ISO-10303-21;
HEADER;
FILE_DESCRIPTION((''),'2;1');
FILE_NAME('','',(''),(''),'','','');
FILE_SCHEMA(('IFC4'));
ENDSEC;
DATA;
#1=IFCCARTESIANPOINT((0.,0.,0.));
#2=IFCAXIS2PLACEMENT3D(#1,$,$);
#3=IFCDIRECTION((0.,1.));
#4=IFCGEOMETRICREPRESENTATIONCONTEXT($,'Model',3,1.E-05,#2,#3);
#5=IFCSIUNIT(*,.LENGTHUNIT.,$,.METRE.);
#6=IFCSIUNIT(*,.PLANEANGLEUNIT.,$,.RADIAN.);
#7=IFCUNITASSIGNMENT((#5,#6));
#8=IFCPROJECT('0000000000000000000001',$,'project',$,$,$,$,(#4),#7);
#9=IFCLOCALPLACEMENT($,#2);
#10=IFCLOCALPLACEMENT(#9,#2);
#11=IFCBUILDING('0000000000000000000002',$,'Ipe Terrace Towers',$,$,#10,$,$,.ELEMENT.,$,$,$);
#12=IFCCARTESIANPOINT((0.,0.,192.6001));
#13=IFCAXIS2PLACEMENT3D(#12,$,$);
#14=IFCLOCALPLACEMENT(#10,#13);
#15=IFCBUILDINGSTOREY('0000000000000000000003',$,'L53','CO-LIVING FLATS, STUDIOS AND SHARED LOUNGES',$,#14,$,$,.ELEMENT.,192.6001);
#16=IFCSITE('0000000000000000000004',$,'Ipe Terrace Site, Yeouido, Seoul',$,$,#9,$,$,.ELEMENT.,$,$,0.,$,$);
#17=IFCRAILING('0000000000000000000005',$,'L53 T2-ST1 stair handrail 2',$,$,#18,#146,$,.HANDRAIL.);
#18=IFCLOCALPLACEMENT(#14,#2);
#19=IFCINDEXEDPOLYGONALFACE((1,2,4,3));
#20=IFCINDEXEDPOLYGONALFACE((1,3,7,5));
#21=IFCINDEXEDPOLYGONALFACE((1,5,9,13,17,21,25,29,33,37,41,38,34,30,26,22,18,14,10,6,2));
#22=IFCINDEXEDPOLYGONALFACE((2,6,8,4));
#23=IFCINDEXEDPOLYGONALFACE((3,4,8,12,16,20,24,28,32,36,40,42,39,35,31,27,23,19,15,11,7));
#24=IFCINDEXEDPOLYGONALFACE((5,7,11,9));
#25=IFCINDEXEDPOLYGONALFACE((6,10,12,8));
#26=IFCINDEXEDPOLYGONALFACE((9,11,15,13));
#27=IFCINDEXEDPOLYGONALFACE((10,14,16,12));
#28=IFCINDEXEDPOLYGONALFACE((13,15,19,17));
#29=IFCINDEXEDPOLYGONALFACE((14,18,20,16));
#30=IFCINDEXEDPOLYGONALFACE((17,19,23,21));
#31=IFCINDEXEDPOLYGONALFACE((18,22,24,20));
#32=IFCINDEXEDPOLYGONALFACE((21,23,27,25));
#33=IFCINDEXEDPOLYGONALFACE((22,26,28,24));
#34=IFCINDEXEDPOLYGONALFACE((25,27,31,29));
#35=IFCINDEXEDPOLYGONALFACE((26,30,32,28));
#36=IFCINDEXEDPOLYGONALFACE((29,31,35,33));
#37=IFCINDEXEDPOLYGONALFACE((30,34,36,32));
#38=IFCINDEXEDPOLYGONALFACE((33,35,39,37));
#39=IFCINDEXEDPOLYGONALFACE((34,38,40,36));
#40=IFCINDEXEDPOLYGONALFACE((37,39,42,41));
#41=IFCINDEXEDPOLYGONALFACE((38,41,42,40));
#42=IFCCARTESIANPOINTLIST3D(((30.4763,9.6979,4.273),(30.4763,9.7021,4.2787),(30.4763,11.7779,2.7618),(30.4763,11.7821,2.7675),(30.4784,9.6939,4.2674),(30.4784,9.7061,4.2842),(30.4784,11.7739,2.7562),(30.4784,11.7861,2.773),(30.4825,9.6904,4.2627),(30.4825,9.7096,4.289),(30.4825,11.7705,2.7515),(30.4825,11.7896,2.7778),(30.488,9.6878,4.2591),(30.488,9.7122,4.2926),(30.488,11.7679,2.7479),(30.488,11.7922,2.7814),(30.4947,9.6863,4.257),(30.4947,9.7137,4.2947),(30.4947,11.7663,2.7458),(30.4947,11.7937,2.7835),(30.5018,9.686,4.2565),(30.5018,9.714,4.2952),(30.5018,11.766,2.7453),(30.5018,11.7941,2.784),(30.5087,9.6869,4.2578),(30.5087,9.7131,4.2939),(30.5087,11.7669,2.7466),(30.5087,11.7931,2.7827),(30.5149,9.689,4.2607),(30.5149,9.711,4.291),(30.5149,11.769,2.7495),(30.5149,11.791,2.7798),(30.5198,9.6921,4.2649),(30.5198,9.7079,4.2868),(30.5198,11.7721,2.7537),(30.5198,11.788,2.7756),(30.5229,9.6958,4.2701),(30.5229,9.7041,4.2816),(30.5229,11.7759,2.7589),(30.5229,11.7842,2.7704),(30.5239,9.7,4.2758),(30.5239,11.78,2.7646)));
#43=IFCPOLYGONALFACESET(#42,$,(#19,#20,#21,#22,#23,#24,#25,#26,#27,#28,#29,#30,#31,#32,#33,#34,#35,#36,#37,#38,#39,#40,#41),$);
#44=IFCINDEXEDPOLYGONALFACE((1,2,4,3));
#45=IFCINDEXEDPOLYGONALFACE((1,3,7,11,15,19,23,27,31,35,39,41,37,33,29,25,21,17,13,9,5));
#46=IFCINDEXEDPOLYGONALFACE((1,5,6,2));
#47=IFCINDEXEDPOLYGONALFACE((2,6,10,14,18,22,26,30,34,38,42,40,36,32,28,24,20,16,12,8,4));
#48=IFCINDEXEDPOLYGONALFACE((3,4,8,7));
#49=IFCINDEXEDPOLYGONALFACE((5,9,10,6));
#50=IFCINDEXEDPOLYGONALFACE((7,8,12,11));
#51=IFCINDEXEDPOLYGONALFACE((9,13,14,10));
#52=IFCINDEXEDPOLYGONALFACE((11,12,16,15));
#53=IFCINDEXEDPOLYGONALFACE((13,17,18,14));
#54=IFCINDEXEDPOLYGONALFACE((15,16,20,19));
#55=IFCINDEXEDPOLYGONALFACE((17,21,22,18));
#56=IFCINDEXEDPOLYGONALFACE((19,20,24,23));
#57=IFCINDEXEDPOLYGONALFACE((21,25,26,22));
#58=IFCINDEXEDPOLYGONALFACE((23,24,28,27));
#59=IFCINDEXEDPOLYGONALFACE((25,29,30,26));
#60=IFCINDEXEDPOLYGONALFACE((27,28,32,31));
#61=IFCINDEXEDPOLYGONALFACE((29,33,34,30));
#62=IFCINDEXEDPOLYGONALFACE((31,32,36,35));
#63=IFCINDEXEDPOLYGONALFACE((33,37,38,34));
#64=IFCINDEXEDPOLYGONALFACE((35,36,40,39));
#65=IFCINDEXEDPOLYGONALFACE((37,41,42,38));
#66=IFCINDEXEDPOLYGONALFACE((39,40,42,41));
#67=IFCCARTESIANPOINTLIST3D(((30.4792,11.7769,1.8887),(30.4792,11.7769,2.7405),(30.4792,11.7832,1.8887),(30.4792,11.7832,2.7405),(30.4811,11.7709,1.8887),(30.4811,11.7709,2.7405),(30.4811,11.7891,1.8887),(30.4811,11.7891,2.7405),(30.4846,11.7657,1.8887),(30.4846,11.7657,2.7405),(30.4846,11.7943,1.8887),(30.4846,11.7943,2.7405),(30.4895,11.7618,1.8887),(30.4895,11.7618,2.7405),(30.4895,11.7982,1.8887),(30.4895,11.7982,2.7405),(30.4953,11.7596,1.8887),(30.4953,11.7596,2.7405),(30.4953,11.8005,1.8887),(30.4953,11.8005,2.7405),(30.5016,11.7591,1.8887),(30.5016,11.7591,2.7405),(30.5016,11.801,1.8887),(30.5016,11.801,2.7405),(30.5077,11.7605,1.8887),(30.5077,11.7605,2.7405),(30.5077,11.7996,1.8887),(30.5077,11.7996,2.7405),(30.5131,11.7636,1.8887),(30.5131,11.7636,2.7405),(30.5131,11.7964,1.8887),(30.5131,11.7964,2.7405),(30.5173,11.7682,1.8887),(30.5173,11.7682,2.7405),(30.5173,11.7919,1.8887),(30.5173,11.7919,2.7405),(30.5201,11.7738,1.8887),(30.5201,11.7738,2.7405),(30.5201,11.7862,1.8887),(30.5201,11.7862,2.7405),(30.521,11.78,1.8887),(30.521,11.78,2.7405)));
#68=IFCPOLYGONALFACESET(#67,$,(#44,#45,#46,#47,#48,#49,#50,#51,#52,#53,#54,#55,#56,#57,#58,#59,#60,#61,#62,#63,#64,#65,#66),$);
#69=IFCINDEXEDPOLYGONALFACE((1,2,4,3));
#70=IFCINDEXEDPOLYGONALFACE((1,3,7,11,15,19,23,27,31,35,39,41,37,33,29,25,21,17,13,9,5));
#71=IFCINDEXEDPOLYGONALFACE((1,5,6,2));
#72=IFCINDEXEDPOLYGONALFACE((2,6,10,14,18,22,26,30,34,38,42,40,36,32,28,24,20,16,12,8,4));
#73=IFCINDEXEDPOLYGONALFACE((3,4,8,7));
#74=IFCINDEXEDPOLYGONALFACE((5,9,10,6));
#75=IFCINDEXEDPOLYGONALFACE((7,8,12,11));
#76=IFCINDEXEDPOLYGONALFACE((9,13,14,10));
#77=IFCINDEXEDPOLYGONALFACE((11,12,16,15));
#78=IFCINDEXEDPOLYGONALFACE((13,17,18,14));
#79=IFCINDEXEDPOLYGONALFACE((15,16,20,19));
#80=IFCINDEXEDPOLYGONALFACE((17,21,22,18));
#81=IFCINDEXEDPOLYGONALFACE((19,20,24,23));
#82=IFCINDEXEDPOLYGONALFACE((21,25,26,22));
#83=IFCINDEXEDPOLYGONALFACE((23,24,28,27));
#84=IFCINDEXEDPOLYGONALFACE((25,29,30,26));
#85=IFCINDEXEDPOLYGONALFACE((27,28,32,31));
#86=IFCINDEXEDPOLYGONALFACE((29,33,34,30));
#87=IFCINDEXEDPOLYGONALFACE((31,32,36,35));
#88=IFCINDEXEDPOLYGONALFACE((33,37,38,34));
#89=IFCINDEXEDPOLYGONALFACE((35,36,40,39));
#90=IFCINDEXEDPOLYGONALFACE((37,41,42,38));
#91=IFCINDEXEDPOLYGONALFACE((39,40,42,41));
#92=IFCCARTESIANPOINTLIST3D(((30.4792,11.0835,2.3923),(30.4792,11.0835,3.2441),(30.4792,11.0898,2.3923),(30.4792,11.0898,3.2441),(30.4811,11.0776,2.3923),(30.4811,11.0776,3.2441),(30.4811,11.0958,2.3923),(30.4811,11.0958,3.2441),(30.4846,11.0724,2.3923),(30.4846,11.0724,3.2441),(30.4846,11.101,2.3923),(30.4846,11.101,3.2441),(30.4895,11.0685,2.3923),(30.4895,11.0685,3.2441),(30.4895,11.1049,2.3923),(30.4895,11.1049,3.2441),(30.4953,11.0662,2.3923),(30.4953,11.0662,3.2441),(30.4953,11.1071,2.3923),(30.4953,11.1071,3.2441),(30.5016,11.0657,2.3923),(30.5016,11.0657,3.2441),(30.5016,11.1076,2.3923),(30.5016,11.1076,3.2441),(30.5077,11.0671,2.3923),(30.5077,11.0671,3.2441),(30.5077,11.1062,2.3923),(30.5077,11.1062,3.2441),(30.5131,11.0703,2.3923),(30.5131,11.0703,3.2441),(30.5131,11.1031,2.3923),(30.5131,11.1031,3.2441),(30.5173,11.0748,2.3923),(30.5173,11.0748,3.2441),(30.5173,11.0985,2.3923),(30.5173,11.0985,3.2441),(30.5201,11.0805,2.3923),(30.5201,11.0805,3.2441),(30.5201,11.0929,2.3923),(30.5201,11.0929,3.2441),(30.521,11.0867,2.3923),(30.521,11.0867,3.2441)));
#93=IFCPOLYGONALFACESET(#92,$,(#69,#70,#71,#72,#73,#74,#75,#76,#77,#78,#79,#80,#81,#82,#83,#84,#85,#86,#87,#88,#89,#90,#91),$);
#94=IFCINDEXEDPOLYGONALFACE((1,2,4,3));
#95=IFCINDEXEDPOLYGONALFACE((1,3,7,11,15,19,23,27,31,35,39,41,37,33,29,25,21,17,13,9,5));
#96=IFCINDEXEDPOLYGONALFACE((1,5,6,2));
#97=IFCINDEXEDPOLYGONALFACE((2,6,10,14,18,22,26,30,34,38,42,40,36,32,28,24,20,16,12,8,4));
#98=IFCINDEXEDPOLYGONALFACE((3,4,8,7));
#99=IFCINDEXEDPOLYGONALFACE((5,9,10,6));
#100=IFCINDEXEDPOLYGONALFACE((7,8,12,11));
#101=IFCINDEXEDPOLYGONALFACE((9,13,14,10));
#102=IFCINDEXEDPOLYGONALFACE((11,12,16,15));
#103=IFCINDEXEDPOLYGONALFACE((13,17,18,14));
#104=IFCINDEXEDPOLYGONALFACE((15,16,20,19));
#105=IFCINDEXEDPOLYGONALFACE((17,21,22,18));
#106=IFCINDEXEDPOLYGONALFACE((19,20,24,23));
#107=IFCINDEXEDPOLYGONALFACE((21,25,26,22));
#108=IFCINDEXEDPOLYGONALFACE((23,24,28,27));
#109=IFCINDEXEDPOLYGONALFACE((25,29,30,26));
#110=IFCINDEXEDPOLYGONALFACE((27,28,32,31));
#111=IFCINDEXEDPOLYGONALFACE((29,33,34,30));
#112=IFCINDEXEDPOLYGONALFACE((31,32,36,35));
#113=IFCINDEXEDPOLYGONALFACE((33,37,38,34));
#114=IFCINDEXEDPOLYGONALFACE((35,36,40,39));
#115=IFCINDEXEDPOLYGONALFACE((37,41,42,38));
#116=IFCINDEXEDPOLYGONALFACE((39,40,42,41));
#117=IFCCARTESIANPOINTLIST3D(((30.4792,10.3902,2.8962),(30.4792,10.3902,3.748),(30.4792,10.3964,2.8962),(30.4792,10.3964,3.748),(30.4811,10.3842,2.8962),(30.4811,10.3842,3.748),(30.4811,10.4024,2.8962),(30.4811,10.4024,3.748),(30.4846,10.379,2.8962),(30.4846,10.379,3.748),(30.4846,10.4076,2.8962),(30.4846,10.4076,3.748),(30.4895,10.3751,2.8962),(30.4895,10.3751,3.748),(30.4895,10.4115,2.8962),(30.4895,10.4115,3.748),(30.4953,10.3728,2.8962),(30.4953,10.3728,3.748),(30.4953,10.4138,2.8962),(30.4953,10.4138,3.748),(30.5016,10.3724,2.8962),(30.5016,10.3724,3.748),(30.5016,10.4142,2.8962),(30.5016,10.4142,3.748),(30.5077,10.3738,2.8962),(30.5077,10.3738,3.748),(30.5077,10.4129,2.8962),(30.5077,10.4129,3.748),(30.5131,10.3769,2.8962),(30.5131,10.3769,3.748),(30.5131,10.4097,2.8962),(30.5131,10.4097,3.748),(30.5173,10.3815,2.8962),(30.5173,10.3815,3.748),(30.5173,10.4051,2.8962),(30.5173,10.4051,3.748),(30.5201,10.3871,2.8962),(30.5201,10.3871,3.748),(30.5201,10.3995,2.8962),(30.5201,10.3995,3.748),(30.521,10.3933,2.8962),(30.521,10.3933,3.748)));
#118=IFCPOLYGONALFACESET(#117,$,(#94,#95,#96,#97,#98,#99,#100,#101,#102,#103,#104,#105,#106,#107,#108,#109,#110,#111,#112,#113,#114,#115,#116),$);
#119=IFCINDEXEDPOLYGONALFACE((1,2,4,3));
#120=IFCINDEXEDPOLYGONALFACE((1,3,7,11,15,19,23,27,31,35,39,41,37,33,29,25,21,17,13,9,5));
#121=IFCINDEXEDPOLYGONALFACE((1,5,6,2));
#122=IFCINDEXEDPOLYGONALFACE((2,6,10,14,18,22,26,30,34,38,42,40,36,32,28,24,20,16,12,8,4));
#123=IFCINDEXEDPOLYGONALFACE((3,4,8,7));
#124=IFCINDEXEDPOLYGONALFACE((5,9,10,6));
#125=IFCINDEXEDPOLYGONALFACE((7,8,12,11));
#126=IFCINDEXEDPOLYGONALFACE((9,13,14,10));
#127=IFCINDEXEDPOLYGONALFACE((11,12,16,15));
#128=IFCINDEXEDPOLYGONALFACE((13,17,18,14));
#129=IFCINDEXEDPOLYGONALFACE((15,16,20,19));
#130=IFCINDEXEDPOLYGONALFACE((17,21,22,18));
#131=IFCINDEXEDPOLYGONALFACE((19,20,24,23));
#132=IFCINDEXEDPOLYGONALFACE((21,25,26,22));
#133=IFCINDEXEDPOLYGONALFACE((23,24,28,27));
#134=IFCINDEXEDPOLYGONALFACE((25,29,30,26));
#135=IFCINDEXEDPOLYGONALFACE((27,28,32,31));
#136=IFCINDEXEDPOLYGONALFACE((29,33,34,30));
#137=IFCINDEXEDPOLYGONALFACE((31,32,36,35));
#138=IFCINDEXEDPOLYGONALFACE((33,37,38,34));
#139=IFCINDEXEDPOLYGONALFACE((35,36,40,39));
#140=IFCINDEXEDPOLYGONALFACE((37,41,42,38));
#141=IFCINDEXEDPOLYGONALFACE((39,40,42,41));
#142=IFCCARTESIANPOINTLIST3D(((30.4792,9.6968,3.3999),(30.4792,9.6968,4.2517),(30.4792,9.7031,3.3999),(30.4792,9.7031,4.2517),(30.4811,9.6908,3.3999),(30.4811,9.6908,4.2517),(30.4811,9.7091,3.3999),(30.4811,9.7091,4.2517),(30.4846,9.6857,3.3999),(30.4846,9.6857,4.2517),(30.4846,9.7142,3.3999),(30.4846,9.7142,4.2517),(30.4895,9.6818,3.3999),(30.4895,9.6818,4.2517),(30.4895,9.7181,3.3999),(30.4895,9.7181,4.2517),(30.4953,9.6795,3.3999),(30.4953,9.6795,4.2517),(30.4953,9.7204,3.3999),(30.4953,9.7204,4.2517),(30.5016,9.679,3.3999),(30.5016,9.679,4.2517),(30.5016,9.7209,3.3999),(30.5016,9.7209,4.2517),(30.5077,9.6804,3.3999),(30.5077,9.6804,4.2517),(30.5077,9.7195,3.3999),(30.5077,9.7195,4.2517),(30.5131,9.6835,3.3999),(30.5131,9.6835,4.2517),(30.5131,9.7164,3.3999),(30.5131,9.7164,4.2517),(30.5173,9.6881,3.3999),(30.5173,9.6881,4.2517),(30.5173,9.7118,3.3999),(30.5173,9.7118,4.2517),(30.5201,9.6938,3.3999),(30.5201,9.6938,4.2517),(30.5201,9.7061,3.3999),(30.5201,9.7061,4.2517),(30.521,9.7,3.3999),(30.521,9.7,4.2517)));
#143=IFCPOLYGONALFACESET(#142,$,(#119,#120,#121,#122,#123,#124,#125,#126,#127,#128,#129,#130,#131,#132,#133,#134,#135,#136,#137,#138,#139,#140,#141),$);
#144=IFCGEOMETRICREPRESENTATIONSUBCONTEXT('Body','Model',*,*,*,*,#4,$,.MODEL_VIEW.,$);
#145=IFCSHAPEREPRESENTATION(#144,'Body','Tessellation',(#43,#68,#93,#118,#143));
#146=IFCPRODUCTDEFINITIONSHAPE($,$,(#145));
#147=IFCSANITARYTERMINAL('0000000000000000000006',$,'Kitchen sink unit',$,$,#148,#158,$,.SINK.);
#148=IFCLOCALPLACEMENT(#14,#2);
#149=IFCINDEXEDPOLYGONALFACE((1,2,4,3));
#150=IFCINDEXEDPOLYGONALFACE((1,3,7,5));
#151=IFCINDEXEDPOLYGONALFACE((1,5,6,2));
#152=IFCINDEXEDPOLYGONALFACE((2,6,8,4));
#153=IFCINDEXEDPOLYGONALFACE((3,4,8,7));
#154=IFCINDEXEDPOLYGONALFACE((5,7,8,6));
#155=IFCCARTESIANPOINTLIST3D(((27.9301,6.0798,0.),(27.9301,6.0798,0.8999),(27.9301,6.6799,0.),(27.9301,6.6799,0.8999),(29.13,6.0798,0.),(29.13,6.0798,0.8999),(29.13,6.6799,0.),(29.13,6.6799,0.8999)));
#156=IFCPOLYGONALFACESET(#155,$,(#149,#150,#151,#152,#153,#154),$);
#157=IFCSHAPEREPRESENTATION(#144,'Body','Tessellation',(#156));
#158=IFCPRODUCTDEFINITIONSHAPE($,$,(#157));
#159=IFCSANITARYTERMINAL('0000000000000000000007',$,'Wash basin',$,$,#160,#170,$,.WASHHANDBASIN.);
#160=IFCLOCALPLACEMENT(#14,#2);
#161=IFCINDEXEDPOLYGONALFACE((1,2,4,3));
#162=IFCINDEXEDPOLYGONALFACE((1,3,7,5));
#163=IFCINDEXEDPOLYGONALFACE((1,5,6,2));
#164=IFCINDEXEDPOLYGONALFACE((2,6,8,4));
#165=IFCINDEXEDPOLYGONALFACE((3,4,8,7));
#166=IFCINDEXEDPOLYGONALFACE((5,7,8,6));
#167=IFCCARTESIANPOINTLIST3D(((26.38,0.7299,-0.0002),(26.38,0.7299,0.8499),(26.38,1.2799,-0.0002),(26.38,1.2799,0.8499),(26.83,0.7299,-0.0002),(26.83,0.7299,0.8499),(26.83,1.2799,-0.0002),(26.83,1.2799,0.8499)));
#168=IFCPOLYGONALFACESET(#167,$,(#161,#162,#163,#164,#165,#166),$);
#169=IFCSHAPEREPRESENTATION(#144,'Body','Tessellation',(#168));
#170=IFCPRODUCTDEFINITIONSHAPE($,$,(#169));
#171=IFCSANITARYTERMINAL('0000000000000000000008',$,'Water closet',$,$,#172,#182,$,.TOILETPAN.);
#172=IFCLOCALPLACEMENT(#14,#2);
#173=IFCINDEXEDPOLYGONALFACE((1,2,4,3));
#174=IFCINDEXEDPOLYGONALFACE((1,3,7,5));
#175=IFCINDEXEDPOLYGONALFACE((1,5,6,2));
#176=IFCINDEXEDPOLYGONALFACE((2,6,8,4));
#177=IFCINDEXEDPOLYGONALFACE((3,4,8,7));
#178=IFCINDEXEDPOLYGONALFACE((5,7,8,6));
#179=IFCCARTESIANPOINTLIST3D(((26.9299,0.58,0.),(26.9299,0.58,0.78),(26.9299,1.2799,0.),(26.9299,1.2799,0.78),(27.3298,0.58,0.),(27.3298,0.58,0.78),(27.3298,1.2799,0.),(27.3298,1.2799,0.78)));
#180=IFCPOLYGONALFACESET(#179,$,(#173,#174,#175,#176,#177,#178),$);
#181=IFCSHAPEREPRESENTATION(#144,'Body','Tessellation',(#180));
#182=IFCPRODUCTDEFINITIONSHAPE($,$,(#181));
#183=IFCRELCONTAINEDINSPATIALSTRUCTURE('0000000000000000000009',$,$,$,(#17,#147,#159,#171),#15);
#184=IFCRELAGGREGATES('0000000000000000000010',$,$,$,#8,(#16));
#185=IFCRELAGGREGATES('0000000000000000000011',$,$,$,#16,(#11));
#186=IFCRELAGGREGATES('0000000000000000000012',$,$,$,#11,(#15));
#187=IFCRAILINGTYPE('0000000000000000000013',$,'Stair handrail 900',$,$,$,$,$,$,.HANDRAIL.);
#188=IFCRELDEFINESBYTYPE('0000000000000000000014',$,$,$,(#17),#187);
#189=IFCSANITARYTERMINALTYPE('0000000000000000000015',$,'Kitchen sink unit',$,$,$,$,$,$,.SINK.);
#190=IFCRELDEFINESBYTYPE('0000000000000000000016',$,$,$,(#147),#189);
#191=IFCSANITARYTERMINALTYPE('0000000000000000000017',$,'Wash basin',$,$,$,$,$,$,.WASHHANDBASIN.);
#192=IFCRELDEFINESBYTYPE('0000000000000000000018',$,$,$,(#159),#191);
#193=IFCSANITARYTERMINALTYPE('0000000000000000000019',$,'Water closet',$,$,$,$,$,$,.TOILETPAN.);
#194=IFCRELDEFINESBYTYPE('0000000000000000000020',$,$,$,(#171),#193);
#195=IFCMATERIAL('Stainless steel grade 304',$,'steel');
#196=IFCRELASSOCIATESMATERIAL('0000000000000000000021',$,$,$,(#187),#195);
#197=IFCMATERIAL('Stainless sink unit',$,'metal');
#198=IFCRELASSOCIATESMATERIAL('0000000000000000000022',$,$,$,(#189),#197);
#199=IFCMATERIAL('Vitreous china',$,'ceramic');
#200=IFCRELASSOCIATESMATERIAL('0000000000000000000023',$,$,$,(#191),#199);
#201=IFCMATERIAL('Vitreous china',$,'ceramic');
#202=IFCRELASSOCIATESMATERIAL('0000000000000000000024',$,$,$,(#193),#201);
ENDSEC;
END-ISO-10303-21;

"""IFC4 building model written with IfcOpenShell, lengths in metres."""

from ifc_helpers import new_model, si_unit, direction, frame, origin, origin_2d, place, context, subcontext, project, spatial, rectangle, circle, extrude, material, type_object, element, save


model = new_model("IFC4")

# Units and contexts
model_context = context("Model", 3, precision=1e-05, world=origin(), true_north=direction((0.0, 1.0)))
body_context = subcontext(model_context, "Body", "Model", "MODEL_VIEW")
ifc_project = project(units=[si_unit("LENGTHUNIT", "METRE"), si_unit("PLANEANGLEUNIT", "RADIAN")], contexts=[model_context])

# Site, building, storey
site_placement = place(None, origin())
site = spatial("IfcSite", under=ifc_project, at=site_placement, Name="Ipe Terrace Site, Yeouido, Seoul", CompositionType="ELEMENT", RefElevation=0.0)
building_placement = place(site_placement, origin())
building = spatial("IfcBuilding", under=site, at=building_placement, Name="Ipe Terrace Towers", CompositionType="ELEMENT")
storey_placement = place(building_placement, frame((0.0, 0.0, 192.6001)))
storey = spatial("IfcBuildingStorey", under=building, at=storey_placement, Name="L53", Description="CO-LIVING FLATS, STUDIOS AND SHARED LOUNGES", CompositionType="ELEMENT", Elevation=192.6001)

# Railing
ifc_material_1 = material(Name="Stainless steel grade 304", Category="steel")
railing_type_1 = type_object("IfcRailingType", Name="Stair handrail 900", PredefinedType="HANDRAIL", material=ifc_material_1)
railing_1_placement = place(storey_placement, frame((30.5, 11.78, 1.8887)))
element("IfcRailing", 1, at=railing_1_placement, inside=storey, type_object=railing_type_1, Name="L53 T2-ST1 stair handrail 2", PredefinedType="HANDRAIL", context=body_context, shape_type="SweptSolid", body=[
    extrude(circle(Radius=0.0239, at=origin_2d()), frame((0.0, 0.0, 0.876), z_axis=(0.0, -0.809023, 0.587776), x_axis=(1.0, 0.0, 0.0)), (0.0, 0.0, 1.0), 2.571),
    extrude(circle(Radius=0.021, at=origin_2d()), origin(), (0.0, 0.0, 1.0), 0.8518),
    extrude(circle(Radius=0.021, at=origin_2d()), frame((0.0, -0.6934, 0.5037)), (0.0, 0.0, 1.0), 0.8518),
    extrude(circle(Radius=0.021, at=origin_2d()), frame((0.0, -1.3867, 1.0076)), (0.0, 0.0, 1.0), 0.8518),
    extrude(circle(Radius=0.021, at=origin_2d()), frame((0.0, -2.0801, 1.5112)), (0.0, 0.0, 1.0), 0.8518),
])

# Sanitary terminals
ifc_material_2 = material(Name="Stainless sink unit", Category="metal")
sanitary_terminal_type_1 = type_object("IfcSanitaryTerminalType", Name="Kitchen sink unit", PredefinedType="SINK", material=ifc_material_2)
sanitary_terminal_1_placement = place(storey_placement, frame((28.53, 6.3799, 0.0), z_axis=(0.0, 0.0, 1.0), x_axis=(1.0, 0.0, 0.0)))
element("IfcSanitaryTerminal", 2, at=sanitary_terminal_1_placement, inside=storey, type_object=sanitary_terminal_type_1, Name="Kitchen sink unit", PredefinedType="SINK", context=body_context, shape_type="SweptSolid", body=[
    extrude(rectangle(XDim=1.2, YDim=0.6001, at=origin_2d()), origin(), (0.0, 0.0, 1.0), 0.8999),
])
ifc_material_3 = material(Name="Vitreous china", Category="ceramic")
sanitary_terminal_type_2 = type_object("IfcSanitaryTerminalType", Name="Wash basin", PredefinedType="WASHHANDBASIN", material=ifc_material_3)
sanitary_terminal_2_placement = place(storey_placement, frame((26.605, 1.0049, -0.0002), z_axis=(0.0, 0.0, 1.0), x_axis=(0.0, -1.0, 0.0)))
element("IfcSanitaryTerminal", 3, at=sanitary_terminal_2_placement, inside=storey, type_object=sanitary_terminal_type_2, Name="Wash basin", PredefinedType="WASHHANDBASIN", context=body_context, shape_type="SweptSolid", body=[
    extrude(rectangle(XDim=0.55, YDim=0.45, at=origin_2d()), origin(), (0.0, 0.0, 1.0), 0.8501),
])
ifc_material_4 = material(Name="Vitreous china", Category="ceramic")
sanitary_terminal_type_3 = type_object("IfcSanitaryTerminalType", Name="Water closet", PredefinedType="TOILETPAN", material=ifc_material_4)
sanitary_terminal_3_placement = place(storey_placement, frame((27.1299, 0.9299, 0.0), z_axis=(0.0, 0.0, 1.0), x_axis=(0.0, -1.0, 0.0)))
element("IfcSanitaryTerminal", 4, at=sanitary_terminal_3_placement, inside=storey, type_object=sanitary_terminal_type_3, Name="Water closet", PredefinedType="TOILETPAN", context=body_context, shape_type="SweptSolid", body=[
    extrude(rectangle(XDim=0.7, YDim=0.3999, at=origin_2d()), origin(), (0.0, 0.0, 1.0), 0.78),
])

save(model, "model.ifc")
